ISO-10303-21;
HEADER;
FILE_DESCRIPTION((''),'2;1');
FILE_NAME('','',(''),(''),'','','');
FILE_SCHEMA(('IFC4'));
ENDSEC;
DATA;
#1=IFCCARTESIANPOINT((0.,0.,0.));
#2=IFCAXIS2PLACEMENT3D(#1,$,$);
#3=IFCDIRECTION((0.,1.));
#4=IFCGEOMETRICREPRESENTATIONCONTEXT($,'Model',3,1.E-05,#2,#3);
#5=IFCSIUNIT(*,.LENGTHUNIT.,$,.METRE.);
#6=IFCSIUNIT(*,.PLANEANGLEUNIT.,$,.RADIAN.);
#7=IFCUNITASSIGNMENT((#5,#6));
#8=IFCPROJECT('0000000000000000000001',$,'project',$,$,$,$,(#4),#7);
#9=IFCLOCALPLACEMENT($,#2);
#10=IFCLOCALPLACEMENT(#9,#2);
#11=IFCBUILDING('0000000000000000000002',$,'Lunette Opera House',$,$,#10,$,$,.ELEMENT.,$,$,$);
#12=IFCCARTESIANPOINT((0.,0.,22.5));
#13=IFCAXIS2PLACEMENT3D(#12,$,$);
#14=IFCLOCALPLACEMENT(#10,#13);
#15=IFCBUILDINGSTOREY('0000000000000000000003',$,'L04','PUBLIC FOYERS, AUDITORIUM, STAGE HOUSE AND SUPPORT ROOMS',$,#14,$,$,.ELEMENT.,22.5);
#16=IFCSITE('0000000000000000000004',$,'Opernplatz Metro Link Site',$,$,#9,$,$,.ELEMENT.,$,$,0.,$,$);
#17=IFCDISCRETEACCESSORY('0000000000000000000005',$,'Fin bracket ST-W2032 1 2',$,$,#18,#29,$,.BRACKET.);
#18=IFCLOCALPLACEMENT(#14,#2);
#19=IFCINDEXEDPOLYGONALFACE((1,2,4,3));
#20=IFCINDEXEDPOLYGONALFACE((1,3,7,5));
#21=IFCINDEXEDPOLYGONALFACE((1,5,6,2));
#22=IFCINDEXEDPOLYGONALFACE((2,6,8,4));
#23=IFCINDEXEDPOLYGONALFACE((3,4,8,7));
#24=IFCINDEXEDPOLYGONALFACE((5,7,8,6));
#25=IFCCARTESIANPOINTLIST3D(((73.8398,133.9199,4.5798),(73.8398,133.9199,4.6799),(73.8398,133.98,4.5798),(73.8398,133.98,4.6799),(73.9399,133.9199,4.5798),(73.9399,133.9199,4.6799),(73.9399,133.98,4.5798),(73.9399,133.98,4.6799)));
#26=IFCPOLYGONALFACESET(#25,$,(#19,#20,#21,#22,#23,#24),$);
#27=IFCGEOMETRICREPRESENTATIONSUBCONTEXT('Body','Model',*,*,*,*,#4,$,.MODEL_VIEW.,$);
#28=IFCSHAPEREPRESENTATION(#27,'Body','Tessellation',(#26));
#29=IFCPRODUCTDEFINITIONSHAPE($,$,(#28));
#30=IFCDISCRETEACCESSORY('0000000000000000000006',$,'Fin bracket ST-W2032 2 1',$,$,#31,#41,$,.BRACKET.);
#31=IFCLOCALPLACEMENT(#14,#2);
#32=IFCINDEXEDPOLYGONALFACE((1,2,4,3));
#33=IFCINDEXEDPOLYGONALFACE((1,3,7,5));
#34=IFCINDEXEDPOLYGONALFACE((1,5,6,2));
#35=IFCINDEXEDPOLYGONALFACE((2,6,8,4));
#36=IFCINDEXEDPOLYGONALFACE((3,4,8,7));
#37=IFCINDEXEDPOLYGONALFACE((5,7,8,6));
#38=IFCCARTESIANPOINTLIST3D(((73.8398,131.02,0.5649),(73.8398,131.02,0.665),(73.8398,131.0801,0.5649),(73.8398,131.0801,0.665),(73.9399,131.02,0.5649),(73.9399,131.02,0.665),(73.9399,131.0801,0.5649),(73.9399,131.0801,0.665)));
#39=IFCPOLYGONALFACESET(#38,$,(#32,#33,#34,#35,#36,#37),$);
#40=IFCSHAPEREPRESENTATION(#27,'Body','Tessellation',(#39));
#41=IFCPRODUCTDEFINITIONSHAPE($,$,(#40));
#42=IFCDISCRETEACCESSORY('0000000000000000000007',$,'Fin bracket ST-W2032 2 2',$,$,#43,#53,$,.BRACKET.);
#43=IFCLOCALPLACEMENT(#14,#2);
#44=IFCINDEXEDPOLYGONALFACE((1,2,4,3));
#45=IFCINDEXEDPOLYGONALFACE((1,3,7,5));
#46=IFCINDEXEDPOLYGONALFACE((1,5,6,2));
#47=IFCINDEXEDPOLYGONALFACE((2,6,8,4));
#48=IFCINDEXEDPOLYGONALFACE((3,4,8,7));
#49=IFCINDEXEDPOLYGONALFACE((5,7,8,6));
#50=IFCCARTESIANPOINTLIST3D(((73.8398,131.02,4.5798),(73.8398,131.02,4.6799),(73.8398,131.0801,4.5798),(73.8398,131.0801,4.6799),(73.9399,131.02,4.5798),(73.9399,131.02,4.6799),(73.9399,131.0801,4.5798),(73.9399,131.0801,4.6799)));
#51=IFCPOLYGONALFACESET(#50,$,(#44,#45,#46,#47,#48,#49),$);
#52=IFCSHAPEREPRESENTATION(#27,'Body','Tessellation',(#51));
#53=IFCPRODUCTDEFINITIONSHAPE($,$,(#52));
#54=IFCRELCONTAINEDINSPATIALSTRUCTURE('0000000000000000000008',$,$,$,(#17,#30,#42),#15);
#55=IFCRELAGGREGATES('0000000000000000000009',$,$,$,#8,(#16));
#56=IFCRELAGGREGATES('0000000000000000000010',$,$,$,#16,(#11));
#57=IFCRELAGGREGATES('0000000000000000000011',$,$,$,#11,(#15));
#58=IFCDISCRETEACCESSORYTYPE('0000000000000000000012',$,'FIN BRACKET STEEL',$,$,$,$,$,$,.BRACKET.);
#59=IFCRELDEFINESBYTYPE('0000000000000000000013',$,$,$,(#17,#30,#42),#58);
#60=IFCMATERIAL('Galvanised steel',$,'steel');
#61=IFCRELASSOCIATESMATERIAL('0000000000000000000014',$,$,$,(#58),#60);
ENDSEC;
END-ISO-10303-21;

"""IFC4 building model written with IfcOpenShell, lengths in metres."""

from ifc_helpers import new_model, si_unit, direction, frame, origin, origin_2d, place, context, subcontext, project, spatial, rectangle, extrude, material, type_object, element, save


model = new_model("IFC4")

# Units and contexts
model_context = context("Model", 3, precision=1e-05, world=origin(), true_north=direction((0.0, 1.0)))
body_context = subcontext(model_context, "Body", "Model", "MODEL_VIEW")
ifc_project = project(units=[si_unit("LENGTHUNIT", "METRE"), si_unit("PLANEANGLEUNIT", "RADIAN")], contexts=[model_context])

# Site, building, storey
site_placement = place(None, origin())
site = spatial("IfcSite", under=ifc_project, at=site_placement, Name="Opernplatz Metro Link Site", CompositionType="ELEMENT", RefElevation=0.0)
building_placement = place(site_placement, origin())
building = spatial("IfcBuilding", under=site, at=building_placement, Name="Lunette Opera House", CompositionType="ELEMENT")
storey_placement = place(building_placement, frame((0.0, 0.0, 22.5)))
storey = spatial("IfcBuildingStorey", under=building, at=storey_placement, Name="L04", Description="PUBLIC FOYERS, AUDITORIUM, STAGE HOUSE AND SUPPORT ROOMS", CompositionType="ELEMENT", Elevation=22.5)

# Discrete accessories
ifc_material_1 = material(Name="Galvanised steel", Category="steel")
discrete_accessory_type = type_object("IfcDiscreteAccessoryType", Name="FIN BRACKET STEEL", PredefinedType="BRACKET", material=ifc_material_1)
for number, where, z_axis, x_axis, name in (
    (1, (73.8899, 133.95, 4.5798), (0.0, 0.0, 1.0), (-1.0, 0.0, 0.0), "Fin bracket ST-W2032 1 2"),
    (2, (73.8899, 131.05, 0.5649), (0.0, 0.0, 1.0), (-1.0, 0.0, 0.0), "Fin bracket ST-W2032 2 1"),
    (3, (73.8899, 131.05, 4.5798), (0.0, 0.0, 1.0), (-1.0, 0.0, 0.0), "Fin bracket ST-W2032 2 2"),
):
    element("IfcDiscreteAccessory", number, at=place(storey_placement, frame(where, z_axis=z_axis, x_axis=x_axis)), inside=storey, type_object=discrete_accessory_type, Name=name, PredefinedType="BRACKET", context=body_context, shape_type="SweptSolid", body=[
        extrude(rectangle(XDim=0.1001, YDim=0.0601, at=origin_2d()), origin(), (0.0, 0.0, 1.0), 0.1001),
    ])

save(model, "model.ifc")
